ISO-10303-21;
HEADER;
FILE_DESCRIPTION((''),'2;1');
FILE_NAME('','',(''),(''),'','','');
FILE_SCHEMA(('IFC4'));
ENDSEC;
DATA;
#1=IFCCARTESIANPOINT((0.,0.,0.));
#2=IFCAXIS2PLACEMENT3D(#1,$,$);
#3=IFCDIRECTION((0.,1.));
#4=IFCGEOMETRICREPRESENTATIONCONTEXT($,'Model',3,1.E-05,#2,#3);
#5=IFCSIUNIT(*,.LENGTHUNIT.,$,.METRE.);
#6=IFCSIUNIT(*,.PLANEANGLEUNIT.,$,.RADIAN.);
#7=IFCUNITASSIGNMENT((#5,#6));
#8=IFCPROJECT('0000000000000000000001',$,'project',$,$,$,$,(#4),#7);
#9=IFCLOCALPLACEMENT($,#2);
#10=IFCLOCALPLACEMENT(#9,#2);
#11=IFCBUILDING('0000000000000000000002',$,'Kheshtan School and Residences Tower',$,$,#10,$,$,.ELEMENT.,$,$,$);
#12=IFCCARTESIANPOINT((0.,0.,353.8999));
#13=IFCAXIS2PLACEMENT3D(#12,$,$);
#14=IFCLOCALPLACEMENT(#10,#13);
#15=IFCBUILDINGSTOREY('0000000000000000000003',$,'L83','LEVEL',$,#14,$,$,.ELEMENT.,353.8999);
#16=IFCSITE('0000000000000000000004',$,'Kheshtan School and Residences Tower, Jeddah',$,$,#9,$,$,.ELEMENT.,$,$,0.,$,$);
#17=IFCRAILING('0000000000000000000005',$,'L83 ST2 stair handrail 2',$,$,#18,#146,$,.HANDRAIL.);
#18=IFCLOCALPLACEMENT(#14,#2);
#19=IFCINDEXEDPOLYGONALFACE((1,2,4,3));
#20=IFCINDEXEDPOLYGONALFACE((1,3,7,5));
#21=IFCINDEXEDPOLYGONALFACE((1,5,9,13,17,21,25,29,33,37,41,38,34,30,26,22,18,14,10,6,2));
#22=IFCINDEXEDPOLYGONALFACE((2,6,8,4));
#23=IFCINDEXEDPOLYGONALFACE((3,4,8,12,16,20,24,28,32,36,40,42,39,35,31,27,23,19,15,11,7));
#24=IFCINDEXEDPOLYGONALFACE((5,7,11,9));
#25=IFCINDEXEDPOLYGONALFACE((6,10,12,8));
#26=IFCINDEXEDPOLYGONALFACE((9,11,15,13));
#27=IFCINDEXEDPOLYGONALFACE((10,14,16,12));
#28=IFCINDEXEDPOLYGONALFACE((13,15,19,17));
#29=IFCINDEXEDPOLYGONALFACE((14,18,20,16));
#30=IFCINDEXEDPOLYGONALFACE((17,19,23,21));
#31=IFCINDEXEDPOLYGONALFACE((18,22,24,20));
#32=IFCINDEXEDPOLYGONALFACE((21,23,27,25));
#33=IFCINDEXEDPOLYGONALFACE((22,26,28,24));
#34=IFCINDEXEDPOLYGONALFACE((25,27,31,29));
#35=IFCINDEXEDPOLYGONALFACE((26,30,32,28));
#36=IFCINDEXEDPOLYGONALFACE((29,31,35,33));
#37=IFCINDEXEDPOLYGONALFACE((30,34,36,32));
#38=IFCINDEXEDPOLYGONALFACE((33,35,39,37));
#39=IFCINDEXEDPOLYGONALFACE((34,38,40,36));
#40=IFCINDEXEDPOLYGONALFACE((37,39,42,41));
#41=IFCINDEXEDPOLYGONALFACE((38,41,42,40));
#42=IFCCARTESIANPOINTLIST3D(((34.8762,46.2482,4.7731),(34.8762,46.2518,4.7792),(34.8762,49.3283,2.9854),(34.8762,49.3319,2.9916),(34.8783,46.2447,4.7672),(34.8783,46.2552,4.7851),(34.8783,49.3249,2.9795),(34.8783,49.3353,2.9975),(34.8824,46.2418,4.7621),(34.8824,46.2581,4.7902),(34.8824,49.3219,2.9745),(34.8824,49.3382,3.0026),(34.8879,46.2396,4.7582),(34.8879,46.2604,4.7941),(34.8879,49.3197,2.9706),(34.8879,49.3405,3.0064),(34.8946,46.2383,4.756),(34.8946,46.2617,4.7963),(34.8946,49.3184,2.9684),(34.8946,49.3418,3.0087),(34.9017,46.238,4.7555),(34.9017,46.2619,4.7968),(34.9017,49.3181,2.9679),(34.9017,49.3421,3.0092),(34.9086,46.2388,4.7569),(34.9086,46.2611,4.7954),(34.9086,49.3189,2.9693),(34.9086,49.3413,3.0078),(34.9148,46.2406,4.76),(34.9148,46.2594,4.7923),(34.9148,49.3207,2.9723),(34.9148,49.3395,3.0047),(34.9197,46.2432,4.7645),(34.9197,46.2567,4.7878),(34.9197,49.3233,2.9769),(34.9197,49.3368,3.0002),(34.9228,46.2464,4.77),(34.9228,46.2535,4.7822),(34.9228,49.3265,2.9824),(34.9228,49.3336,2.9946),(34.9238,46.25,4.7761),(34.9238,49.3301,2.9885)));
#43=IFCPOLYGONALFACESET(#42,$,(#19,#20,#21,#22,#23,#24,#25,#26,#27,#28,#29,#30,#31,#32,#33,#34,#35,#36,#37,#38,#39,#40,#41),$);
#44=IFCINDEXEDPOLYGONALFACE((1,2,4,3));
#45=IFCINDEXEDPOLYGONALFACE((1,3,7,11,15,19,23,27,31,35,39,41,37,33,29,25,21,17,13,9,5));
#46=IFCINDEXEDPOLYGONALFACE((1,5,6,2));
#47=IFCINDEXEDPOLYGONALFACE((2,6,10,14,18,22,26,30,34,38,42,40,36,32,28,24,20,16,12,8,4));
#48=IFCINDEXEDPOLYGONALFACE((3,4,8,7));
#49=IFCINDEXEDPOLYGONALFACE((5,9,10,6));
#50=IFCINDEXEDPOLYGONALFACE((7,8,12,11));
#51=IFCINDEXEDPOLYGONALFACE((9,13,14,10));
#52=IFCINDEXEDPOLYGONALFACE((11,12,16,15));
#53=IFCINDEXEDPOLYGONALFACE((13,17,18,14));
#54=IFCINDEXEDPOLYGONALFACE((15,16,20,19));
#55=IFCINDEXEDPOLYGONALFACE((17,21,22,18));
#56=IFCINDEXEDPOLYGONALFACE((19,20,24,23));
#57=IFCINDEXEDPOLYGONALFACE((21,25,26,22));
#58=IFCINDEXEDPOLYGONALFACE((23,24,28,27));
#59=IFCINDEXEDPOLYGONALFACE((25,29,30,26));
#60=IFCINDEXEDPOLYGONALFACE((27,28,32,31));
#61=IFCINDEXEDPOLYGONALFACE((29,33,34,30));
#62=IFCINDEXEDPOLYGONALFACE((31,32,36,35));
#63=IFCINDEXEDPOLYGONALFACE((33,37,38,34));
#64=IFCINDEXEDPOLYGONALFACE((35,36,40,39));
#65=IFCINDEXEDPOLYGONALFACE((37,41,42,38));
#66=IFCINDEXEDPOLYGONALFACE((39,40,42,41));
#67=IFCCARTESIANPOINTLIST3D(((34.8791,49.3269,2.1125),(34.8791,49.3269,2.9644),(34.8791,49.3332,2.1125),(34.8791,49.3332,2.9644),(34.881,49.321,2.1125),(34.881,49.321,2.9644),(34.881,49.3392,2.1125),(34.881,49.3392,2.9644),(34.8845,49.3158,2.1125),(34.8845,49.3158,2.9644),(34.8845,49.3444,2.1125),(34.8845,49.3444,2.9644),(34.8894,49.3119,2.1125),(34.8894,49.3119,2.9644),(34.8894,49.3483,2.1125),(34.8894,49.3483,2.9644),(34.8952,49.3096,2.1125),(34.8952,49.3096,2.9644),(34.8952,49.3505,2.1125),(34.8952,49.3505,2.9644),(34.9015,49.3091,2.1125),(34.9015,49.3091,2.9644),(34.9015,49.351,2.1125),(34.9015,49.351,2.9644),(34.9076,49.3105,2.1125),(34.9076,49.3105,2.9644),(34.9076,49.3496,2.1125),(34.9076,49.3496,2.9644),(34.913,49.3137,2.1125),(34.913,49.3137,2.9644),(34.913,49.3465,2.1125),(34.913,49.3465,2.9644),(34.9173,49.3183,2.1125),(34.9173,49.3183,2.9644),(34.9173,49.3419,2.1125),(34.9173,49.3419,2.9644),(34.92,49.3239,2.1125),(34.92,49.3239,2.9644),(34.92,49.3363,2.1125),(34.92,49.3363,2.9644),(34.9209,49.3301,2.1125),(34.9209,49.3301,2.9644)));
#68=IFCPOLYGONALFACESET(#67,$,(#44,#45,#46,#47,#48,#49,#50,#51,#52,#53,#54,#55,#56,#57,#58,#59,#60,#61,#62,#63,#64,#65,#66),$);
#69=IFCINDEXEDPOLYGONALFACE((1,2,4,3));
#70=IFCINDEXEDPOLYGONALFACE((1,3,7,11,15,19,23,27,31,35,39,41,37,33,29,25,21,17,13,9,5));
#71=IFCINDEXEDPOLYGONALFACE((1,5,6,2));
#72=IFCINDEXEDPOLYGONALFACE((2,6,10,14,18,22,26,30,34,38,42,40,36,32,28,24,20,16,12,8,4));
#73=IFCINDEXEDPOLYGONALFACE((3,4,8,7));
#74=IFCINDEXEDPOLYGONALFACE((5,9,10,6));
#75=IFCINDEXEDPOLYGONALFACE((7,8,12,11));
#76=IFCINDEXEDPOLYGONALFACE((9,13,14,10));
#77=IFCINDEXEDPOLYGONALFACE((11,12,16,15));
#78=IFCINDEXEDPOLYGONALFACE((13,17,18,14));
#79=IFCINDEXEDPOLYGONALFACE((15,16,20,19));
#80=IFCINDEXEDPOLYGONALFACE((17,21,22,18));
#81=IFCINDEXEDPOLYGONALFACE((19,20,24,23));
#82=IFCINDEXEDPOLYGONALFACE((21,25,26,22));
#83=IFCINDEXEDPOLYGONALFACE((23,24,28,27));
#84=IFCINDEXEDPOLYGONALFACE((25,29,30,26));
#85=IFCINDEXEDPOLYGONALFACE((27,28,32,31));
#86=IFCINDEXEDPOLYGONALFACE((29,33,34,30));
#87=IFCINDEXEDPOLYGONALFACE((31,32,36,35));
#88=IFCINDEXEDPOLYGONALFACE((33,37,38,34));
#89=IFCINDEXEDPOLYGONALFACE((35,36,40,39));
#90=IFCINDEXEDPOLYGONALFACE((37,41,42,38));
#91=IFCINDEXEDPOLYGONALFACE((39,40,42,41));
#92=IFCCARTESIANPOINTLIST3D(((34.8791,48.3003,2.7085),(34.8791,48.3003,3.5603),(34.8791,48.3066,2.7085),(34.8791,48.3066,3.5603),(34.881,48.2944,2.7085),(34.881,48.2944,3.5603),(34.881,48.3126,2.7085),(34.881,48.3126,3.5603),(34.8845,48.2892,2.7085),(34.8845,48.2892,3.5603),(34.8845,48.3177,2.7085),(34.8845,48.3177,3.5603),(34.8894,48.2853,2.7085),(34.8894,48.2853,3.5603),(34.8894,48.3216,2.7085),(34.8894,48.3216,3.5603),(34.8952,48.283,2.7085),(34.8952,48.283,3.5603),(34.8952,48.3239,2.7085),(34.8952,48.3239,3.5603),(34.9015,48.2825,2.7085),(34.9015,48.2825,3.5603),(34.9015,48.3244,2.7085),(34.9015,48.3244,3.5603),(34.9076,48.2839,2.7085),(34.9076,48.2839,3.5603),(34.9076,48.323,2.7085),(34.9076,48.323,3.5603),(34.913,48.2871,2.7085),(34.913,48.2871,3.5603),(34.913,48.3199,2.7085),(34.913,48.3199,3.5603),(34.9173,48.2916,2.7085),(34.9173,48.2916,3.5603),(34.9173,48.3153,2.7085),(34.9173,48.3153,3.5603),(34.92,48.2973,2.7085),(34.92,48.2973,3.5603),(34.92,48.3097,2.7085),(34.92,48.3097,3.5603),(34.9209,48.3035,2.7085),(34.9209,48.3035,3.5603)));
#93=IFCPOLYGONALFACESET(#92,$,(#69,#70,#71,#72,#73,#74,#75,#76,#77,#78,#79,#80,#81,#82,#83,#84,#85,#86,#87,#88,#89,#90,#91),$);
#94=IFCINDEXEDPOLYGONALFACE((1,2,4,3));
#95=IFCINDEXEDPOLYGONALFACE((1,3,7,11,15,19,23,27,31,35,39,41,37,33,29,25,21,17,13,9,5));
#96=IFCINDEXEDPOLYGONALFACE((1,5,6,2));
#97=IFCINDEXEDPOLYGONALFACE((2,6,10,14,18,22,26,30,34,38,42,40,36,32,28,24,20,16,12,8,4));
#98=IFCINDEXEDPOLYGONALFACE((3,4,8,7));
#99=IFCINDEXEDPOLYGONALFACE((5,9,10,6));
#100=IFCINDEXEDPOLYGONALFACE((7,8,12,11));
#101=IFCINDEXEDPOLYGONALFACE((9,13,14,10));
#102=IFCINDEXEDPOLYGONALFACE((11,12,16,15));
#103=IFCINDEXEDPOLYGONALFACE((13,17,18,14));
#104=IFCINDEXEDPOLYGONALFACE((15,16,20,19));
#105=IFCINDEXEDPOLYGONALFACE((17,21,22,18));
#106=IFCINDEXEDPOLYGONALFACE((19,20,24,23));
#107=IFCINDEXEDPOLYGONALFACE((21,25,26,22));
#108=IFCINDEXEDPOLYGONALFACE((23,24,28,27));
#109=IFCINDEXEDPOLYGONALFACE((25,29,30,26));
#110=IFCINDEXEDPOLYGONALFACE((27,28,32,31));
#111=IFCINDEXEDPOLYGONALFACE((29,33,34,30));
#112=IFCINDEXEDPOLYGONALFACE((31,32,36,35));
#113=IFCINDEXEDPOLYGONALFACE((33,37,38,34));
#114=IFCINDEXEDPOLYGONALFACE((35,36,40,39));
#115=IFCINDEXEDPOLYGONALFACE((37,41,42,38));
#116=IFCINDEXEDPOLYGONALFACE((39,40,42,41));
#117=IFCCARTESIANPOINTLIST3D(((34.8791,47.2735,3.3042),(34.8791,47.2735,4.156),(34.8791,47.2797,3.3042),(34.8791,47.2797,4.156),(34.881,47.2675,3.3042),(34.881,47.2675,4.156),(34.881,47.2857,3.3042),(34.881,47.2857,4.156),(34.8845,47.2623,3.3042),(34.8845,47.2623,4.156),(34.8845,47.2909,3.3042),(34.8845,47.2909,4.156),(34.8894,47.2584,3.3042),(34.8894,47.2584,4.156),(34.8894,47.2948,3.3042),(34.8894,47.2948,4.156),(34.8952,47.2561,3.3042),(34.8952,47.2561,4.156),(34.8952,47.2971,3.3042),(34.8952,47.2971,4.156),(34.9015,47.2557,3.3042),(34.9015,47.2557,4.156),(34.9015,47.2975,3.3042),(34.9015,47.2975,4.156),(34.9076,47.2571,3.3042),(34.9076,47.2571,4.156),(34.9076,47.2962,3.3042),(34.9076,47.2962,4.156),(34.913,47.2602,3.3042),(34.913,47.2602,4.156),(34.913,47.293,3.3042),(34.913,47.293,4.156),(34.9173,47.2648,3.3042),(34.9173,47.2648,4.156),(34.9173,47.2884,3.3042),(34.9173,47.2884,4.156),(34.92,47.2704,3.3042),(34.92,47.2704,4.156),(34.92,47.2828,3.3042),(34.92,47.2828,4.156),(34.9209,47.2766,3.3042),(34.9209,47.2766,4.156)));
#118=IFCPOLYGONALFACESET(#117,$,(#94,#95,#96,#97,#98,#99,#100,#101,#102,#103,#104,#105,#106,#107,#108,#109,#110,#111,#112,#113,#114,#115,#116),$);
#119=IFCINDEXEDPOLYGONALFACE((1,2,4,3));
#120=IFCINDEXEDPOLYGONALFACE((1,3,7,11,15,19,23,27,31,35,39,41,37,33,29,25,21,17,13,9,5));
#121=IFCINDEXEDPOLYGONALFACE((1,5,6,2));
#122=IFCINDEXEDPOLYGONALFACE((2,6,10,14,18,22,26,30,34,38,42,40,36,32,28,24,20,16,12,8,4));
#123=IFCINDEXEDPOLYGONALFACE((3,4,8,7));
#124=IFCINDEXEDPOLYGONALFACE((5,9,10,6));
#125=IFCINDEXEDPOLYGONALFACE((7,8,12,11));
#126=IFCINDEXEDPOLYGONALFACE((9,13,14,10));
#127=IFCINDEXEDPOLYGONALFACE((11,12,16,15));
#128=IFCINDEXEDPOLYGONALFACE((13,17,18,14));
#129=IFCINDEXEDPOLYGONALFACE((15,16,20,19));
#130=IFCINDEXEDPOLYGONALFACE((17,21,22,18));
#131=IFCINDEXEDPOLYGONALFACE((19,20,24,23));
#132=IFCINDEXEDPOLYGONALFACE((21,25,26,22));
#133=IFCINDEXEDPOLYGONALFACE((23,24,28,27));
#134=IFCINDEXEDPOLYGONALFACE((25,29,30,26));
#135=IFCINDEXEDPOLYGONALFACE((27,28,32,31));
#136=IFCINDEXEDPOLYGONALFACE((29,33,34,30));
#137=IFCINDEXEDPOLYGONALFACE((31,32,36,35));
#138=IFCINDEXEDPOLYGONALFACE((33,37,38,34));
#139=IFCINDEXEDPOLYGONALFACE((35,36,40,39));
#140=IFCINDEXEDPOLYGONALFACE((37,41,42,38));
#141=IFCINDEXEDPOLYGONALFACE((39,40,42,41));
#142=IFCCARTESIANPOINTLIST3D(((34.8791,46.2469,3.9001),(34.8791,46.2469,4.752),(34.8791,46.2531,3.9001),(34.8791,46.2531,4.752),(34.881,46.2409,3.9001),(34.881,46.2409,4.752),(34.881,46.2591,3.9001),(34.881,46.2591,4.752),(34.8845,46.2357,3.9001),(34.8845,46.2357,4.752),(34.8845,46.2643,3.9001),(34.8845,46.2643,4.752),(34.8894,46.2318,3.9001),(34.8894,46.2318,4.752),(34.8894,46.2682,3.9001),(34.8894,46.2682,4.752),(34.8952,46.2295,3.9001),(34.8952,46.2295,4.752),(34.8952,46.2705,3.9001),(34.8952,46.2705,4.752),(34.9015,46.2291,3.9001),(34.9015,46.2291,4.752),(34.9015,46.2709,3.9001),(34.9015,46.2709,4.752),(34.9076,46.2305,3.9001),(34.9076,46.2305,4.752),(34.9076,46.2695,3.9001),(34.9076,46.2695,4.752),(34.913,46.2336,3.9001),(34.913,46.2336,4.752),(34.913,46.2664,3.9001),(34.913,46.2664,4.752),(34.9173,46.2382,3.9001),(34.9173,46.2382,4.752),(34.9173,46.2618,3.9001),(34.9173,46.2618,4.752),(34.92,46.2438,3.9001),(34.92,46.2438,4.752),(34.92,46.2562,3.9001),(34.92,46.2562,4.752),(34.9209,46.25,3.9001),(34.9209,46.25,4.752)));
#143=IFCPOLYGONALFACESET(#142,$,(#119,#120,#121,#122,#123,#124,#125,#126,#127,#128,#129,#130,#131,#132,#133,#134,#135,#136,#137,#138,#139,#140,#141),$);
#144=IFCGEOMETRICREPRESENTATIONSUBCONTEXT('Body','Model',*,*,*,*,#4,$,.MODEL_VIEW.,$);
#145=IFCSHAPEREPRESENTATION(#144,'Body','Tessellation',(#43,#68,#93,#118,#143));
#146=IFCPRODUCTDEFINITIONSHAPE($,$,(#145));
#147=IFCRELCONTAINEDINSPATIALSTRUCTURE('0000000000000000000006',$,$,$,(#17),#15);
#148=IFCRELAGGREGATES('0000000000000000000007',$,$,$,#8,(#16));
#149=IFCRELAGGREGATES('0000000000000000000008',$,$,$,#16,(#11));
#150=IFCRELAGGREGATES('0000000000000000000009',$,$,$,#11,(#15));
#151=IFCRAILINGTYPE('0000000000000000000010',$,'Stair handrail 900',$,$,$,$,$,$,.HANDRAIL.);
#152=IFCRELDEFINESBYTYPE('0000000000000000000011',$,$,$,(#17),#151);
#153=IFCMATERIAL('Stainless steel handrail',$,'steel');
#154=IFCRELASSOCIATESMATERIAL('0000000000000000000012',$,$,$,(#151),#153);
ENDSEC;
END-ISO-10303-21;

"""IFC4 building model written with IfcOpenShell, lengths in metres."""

from ifc_helpers import new_model, si_unit, direction, frame, origin, origin_2d, place, context, subcontext, project, spatial, circle, extrude, material, type_object, element, save


model = new_model("IFC4")

# Units and contexts
model_context = context("Model", 3, precision=1e-05, world=origin(), true_north=direction((0.0, 1.0)))
body_context = subcontext(model_context, "Body", "Model", "MODEL_VIEW")
ifc_project = project(units=[si_unit("LENGTHUNIT", "METRE"), si_unit("PLANEANGLEUNIT", "RADIAN")], contexts=[model_context])

# Site, building, storey
site_placement = place(None, origin())
site = spatial("IfcSite", under=ifc_project, at=site_placement, Name="Kheshtan School and Residences Tower, Jeddah", CompositionType="ELEMENT", RefElevation=0.0)
building_placement = place(site_placement, origin())
building = spatial("IfcBuilding", under=site, at=building_placement, Name="Kheshtan School and Residences Tower", CompositionType="ELEMENT")
storey_placement = place(building_placement, frame((0.0, 0.0, 353.8999)))
storey = spatial("IfcBuildingStorey", under=building, at=storey_placement, Name="L83", Description="LEVEL", CompositionType="ELEMENT", Elevation=353.8999)

# Railing
ifc_material_1 = material(Name="Stainless steel handrail", Category="steel")
railing_type_1 = type_object("IfcRailingType", Name="Stair handrail 900", PredefinedType="HANDRAIL", material=ifc_material_1)
railing_1_placement = place(storey_placement, frame((34.8999, 49.3301, 2.1125)))
element("IfcRailing", 1, at=railing_1_placement, inside=storey, type_object=railing_type_1, Name="L83 ST2 stair handrail 2", PredefinedType="HANDRAIL", context=body_context, shape_type="SweptSolid", body=[
    extrude(circle(Radius=0.0239, at=origin_2d()), frame((0.0, 0.0, 0.876), z_axis=(0.0, -0.864891, 0.50196), x_axis=(1.0, 0.0, 0.0)), (0.0, 0.0, 1.0), 3.5613),
    extrude(circle(Radius=0.021, at=origin_2d()), origin(), (0.0, 0.0, 1.0), 0.8518),
    extrude(circle(Radius=0.021, at=origin_2d()), frame((0.0, -1.0266, 0.5959)), (0.0, 0.0, 1.0), 0.8518),
    extrude(circle(Radius=0.021, at=origin_2d()), frame((0.0, -2.0535, 1.1917)), (0.0, 0.0, 1.0), 0.8518),
    extrude(circle(Radius=0.021, at=origin_2d()), frame((0.0, -3.0801, 1.7876)), (0.0, 0.0, 1.0), 0.8518),
])

save(model, "model.ifc")
